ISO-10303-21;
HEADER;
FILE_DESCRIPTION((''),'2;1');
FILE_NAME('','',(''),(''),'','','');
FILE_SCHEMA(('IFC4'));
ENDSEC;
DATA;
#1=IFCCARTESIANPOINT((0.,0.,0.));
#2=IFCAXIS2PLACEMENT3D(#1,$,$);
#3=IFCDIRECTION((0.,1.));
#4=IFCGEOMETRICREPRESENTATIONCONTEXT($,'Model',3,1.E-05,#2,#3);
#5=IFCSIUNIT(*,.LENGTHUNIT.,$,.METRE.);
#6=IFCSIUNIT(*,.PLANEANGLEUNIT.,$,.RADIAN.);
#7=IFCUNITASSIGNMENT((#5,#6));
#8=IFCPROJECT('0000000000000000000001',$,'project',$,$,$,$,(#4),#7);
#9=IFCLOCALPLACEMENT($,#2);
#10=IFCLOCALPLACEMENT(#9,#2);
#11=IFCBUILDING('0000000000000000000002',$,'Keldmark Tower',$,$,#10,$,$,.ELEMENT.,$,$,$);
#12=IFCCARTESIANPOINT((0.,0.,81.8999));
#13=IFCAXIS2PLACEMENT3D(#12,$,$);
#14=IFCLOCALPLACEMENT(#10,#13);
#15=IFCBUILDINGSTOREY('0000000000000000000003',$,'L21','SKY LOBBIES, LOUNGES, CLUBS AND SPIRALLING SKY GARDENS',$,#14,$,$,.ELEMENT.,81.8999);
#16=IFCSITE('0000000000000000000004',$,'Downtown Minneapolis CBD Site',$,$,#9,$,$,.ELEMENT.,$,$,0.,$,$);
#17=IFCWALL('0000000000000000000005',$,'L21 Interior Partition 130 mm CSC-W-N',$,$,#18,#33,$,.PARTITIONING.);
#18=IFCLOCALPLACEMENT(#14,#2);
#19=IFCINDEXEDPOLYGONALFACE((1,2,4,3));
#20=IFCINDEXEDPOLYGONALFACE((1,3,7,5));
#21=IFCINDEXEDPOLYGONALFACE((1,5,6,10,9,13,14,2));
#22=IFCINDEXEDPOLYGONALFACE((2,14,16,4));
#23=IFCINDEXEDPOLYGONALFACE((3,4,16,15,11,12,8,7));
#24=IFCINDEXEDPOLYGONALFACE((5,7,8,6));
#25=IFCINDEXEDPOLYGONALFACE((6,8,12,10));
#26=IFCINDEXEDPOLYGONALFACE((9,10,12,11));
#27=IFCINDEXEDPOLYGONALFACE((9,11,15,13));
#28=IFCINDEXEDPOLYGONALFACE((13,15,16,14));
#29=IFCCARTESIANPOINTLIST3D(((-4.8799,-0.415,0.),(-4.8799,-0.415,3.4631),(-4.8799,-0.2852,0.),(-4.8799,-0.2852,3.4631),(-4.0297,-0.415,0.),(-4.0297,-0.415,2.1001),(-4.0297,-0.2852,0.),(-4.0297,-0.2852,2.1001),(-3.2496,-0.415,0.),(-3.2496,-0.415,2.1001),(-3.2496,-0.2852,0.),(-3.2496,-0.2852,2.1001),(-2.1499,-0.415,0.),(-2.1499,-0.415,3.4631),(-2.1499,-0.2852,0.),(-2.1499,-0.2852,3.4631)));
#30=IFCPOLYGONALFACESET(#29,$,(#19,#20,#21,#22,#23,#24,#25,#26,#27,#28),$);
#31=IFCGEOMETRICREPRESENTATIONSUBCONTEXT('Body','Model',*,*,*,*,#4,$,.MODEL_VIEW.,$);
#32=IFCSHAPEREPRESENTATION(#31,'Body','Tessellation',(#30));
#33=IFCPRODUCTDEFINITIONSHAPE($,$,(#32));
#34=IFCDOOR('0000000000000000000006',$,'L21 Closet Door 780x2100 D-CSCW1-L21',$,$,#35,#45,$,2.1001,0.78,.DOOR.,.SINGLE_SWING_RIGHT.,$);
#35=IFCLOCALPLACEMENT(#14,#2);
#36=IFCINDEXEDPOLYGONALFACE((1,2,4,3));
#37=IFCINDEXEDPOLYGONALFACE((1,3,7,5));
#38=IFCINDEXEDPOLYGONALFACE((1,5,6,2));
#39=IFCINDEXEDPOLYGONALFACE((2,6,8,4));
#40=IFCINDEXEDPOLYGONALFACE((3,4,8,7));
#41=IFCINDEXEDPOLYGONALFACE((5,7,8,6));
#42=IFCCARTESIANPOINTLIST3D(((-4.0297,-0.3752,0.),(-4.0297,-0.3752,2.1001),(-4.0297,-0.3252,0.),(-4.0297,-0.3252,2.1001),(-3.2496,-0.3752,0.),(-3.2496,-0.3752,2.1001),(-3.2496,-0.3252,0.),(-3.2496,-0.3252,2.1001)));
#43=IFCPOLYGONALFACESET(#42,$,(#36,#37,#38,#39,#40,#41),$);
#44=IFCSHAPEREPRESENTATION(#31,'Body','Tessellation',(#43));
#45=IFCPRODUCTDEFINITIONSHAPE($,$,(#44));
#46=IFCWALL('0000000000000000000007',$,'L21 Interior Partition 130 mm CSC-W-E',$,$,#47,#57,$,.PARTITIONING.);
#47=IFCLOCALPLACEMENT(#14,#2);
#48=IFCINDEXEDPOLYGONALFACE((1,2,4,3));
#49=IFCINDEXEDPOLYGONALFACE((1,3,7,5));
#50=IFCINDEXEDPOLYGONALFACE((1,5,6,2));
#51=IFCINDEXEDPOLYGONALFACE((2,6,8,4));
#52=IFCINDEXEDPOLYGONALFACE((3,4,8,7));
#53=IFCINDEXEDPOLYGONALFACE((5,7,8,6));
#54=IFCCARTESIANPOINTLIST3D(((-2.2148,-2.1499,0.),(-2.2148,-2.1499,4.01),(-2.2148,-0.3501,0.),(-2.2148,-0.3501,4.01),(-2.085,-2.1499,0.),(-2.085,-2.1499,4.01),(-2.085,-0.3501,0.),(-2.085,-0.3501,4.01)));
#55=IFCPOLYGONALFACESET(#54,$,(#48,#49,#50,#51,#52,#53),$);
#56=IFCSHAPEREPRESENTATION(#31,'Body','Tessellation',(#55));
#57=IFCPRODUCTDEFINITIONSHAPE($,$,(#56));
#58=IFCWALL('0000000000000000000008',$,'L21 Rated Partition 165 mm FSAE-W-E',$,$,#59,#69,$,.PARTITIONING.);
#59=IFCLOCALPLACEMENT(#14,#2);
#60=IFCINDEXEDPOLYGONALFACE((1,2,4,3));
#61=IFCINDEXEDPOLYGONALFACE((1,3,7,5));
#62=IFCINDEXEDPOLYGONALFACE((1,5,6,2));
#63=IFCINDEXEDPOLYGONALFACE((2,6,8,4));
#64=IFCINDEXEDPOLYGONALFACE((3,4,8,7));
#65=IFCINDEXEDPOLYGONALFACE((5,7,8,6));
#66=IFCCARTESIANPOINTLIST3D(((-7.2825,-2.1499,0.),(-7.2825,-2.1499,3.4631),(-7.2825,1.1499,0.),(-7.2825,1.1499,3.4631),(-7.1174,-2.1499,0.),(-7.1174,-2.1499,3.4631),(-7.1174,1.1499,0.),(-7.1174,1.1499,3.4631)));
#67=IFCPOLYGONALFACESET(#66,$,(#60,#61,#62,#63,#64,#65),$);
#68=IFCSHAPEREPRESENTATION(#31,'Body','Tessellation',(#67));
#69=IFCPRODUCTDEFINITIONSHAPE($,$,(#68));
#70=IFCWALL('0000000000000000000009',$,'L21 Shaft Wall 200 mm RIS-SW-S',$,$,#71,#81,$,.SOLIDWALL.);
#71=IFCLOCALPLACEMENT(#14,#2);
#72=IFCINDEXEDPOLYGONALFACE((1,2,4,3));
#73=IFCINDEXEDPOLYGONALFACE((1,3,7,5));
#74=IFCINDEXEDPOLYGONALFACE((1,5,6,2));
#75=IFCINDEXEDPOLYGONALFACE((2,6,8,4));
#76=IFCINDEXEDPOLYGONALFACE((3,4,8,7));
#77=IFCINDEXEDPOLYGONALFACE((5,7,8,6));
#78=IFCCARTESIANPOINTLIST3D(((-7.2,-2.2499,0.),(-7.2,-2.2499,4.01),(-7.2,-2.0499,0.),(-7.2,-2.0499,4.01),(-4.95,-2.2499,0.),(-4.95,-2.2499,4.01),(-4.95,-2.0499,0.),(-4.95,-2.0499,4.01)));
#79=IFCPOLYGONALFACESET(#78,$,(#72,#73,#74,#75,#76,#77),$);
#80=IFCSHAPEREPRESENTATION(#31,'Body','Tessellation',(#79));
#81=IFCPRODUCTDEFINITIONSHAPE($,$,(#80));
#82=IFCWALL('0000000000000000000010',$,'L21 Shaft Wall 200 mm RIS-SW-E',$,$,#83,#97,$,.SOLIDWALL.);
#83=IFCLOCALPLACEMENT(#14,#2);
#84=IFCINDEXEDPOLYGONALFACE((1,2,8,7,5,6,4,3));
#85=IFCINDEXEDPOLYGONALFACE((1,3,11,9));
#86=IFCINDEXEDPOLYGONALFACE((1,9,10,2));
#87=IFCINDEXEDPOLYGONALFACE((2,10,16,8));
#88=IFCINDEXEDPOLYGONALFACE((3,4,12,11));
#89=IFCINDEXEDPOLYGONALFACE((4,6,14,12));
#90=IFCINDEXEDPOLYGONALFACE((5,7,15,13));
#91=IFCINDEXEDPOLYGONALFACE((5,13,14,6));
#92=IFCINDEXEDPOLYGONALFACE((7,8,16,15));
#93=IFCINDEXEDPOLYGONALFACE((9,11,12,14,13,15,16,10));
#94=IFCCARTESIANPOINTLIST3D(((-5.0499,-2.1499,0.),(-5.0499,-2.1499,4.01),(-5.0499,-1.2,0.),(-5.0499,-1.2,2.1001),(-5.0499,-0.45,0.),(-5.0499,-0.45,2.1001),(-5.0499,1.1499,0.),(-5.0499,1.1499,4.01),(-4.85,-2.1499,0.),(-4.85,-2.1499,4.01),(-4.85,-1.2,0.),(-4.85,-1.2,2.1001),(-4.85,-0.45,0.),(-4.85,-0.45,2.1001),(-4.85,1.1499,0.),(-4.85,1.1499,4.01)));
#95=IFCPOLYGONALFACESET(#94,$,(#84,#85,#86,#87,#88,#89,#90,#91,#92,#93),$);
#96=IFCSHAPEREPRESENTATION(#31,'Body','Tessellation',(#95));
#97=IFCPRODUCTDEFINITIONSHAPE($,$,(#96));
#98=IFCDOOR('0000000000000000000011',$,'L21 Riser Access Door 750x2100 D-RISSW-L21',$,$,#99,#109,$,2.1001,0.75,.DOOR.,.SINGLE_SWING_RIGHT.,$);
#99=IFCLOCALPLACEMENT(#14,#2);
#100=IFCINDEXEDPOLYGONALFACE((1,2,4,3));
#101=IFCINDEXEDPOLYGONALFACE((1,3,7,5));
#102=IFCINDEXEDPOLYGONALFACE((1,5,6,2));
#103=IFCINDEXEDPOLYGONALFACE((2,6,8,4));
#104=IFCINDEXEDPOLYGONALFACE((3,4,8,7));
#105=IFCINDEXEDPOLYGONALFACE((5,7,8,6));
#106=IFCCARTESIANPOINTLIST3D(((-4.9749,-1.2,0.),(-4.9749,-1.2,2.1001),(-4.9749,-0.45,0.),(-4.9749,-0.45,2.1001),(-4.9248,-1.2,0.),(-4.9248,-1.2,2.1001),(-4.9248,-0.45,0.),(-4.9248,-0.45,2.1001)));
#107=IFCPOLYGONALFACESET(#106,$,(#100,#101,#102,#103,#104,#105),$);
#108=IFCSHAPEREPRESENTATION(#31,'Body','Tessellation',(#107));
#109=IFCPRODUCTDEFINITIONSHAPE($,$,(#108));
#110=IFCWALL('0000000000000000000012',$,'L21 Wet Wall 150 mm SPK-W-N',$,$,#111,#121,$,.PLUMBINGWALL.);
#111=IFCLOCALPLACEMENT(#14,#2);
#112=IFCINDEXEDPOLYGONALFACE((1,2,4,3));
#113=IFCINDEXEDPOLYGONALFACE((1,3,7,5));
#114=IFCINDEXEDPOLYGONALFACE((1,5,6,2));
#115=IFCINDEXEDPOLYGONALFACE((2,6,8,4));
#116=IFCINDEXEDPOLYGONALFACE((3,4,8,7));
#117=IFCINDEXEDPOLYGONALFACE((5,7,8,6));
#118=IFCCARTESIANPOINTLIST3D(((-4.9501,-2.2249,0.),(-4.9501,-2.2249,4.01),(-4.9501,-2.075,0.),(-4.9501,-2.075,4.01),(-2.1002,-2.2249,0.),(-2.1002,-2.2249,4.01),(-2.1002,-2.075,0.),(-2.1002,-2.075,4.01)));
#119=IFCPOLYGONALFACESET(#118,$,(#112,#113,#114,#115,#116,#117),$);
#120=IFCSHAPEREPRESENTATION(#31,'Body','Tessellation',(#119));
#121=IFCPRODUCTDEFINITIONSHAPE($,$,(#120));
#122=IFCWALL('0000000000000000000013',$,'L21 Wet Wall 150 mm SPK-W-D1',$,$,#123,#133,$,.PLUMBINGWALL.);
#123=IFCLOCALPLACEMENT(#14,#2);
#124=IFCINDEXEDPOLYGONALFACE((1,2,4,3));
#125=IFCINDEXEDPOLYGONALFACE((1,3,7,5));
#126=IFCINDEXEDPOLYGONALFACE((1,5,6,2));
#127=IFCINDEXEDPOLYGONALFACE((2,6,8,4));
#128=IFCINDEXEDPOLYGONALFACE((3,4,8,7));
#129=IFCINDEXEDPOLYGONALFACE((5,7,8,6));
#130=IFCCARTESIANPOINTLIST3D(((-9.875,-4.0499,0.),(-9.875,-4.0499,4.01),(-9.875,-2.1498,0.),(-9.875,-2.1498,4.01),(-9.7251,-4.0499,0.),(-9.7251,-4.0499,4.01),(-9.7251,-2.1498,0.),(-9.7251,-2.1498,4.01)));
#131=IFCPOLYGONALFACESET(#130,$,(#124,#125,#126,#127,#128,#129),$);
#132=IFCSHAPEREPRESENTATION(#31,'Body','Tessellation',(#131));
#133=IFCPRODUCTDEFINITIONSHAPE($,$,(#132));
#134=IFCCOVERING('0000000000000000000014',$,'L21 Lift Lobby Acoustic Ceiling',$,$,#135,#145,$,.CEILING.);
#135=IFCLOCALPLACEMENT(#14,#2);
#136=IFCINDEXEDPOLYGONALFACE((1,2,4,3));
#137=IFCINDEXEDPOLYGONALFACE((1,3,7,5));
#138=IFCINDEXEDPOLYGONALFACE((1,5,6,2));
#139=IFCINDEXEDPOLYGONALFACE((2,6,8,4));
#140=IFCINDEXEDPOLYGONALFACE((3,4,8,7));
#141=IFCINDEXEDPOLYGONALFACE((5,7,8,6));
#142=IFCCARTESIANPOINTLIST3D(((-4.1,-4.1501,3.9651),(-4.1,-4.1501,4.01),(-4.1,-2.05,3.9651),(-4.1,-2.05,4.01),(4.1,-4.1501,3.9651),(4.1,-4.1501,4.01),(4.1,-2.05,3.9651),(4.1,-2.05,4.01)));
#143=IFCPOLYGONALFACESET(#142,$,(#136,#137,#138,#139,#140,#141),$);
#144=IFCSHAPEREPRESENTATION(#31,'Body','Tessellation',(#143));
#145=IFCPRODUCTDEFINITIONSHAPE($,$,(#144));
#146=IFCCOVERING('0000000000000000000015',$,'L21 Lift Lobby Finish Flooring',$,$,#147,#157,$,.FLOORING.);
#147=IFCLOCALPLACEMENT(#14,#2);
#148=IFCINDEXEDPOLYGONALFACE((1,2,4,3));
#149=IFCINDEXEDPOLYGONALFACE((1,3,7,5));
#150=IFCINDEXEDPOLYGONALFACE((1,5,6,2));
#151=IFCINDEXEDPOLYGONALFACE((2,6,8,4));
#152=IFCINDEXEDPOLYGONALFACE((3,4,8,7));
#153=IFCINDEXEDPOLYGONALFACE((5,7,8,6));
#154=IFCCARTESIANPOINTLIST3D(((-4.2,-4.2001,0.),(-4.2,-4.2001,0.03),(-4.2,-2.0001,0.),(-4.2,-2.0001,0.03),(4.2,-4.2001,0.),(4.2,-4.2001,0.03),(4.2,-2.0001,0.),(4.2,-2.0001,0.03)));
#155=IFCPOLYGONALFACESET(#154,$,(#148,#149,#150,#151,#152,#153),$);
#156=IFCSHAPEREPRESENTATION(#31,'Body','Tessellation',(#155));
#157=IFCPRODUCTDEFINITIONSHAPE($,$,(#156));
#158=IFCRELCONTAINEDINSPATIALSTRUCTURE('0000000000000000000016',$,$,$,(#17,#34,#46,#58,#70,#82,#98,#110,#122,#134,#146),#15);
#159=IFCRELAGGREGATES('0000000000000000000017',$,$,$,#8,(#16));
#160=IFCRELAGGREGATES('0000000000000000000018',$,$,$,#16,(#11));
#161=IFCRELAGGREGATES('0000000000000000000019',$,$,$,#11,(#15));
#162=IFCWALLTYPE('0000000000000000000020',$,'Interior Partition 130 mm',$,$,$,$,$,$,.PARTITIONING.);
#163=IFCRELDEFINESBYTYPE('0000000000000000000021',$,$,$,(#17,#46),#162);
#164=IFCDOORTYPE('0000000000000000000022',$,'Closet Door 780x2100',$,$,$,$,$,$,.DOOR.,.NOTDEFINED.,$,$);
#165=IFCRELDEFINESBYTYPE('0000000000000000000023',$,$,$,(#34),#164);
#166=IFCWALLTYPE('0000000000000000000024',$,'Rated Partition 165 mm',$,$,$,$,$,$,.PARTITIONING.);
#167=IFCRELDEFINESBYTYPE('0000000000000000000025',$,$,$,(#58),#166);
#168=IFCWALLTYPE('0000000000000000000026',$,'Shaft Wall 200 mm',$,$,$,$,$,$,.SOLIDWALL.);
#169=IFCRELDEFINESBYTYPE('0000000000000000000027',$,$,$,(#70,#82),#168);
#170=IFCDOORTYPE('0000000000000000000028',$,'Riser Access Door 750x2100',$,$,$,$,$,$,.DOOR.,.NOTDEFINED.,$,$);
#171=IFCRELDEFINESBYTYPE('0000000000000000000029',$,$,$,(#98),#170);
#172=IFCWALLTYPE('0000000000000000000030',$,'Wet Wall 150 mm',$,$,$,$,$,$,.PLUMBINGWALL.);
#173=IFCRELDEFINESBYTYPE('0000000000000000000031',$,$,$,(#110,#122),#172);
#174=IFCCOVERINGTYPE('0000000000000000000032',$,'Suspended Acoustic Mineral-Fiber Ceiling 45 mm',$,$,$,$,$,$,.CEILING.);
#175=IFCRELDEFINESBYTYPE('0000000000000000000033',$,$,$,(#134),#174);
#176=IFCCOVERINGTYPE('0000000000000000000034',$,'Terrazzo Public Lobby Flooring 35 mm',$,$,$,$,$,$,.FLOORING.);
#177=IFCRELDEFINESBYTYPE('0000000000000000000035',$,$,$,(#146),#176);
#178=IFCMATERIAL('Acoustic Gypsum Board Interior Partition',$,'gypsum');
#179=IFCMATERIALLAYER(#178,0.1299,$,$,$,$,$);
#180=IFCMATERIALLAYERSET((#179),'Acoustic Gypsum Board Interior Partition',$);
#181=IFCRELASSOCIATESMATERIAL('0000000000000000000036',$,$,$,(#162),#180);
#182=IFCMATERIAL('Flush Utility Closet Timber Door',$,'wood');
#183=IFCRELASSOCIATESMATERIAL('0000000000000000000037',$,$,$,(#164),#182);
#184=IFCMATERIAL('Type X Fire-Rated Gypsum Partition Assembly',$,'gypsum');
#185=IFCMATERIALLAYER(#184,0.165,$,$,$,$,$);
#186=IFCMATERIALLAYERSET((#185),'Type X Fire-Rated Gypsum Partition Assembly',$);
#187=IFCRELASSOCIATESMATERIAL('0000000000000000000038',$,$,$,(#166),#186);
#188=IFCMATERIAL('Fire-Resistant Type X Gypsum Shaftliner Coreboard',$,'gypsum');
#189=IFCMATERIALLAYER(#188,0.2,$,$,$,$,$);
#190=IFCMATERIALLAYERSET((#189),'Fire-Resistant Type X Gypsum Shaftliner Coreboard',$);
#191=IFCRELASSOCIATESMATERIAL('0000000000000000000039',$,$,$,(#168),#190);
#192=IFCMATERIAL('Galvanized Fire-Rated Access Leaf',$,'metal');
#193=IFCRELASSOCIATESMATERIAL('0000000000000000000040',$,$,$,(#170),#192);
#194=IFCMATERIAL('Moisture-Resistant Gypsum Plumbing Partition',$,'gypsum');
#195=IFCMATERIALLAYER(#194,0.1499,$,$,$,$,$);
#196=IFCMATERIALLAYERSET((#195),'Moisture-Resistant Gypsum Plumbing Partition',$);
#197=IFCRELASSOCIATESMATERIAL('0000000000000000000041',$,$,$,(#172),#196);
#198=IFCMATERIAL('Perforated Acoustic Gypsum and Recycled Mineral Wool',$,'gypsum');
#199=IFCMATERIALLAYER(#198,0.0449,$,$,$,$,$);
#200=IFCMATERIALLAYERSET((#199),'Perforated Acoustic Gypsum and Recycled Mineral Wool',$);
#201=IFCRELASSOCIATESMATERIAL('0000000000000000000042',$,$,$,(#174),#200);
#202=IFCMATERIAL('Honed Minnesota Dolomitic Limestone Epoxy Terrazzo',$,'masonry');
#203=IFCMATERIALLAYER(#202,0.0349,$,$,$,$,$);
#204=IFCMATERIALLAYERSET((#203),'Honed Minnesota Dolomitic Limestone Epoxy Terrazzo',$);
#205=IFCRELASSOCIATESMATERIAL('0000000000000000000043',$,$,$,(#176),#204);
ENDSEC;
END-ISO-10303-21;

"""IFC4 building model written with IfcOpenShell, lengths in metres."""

from ifc_helpers import new_model, si_unit, direction, frame, frame_2d, origin, origin_2d, place, context, subcontext, project, spatial, rectangle, extrude, material, layer, layer_set, type_object, element, fill, save


model = new_model("IFC4")

# Units and contexts
model_context = context("Model", 3, precision=1e-05, world=origin(), true_north=direction((0.0, 1.0)))
body_context = subcontext(model_context, "Body", "Model", "MODEL_VIEW")
ifc_project = project(units=[si_unit("LENGTHUNIT", "METRE"), si_unit("PLANEANGLEUNIT", "RADIAN")], contexts=[model_context])

# Site, building, storey
site_placement = place(None, origin())
site = spatial("IfcSite", under=ifc_project, at=site_placement, Name="Downtown Minneapolis CBD Site", CompositionType="ELEMENT", RefElevation=0.0)
building_placement = place(site_placement, origin())
building = spatial("IfcBuilding", under=site, at=building_placement, Name="Keldmark Tower", CompositionType="ELEMENT")
storey_placement = place(building_placement, frame((0.0, 0.0, 81.8999)))
storey = spatial("IfcBuildingStorey", under=building, at=storey_placement, Name="L21", Description="SKY LOBBIES, LOUNGES, CLUBS AND SPIRALLING SKY GARDENS", CompositionType="ELEMENT", Elevation=81.8999)

# Wall, opening, door
ifc_material_1 = material(Name="Acoustic Gypsum Board Interior Partition", Category="gypsum")
ifc_layer_1 = layer(ifc_material_1, 0.1299)
ifc_layer_set_1 = layer_set([ifc_layer_1], Name="Acoustic Gypsum Board Interior Partition")
wall_type_1 = type_object("IfcWallType", Name="Interior Partition 130 mm", PredefinedType="PARTITIONING", material=ifc_layer_set_1)
wall_1_placement = place(storey_placement, frame((-4.8799, -0.3501, 0.0), z_axis=(0.0, 0.0, 1.0), x_axis=(1.0, 0.0, 0.0)))
wall_1 = element("IfcWall", 1, at=wall_1_placement, inside=storey, type_object=wall_type_1, Name="L21 Interior Partition 130 mm CSC-W-N", PredefinedType="PARTITIONING", context=body_context, shape_type="SweptSolid", body=[
    extrude(rectangle(XDim=2.73, YDim=0.1299, at=frame_2d((1.365, 0.0))), origin(), (0.0, 0.0, 1.0), 3.4631),
])
opening_1_placement = place(wall_1_placement, frame((0.8501, 0.0, 0.0)))
opening_1 = element("IfcOpeningElement", 2, at=opening_1_placement, cuts=wall_1, PredefinedType="OPENING", context=body_context, shape_type="SweptSolid", body=[
    extrude(rectangle(XDim=0.78, YDim=2.1001, at=frame_2d((0.3901, 1.05))), frame((0.0, 0.075, 0.0), z_axis=(0.0, -1.0, 0.0), x_axis=(1.0, 0.0, 0.0)), (0.0, 0.0, 1.0), 0.1499),
])
ifc_material_2 = material(Name="Flush Utility Closet Timber Door", Category="wood")
door_type_1 = type_object("IfcDoorType", Name="Closet Door 780x2100", OperationType="NOTDEFINED", PredefinedType="DOOR", material=ifc_material_2)
door_1_placement = place(opening_1_placement, origin())
door_1 = element("IfcDoor", 3, at=door_1_placement, inside=storey, type_object=door_type_1, Name="L21 Closet Door 780x2100 D-CSCW1-L21", OperationType="SINGLE_SWING_RIGHT", OverallHeight=2.1001, OverallWidth=0.78, PredefinedType="DOOR", context=body_context, shape_type="SweptSolid", body=[
    extrude(rectangle(XDim=0.78, YDim=2.1001, at=frame_2d((0.3901, 1.05))), frame((0.0, 0.0249, 0.0), z_axis=(0.0, -1.0, 0.0), x_axis=(1.0, 0.0, 0.0)), (0.0, 0.0, 1.0), 0.05),
])
fill(opening_1, door_1)

# Walls
wall_2_placement = place(storey_placement, frame((-2.1499, -2.1499, 0.0), z_axis=(0.0, 0.0, 1.0), x_axis=(0.0, 1.0, 0.0)))
element("IfcWall", 4, at=wall_2_placement, inside=storey, type_object=wall_type_1, Name="L21 Interior Partition 130 mm CSC-W-E", PredefinedType="PARTITIONING", context=body_context, shape_type="SweptSolid", body=[
    extrude(rectangle(XDim=1.7998, YDim=0.1299, at=frame_2d((0.8999, 0.0))), origin(), (0.0, 0.0, 1.0), 4.01),
])
ifc_material_3 = material(Name="Type X Fire-Rated Gypsum Partition Assembly", Category="gypsum")
ifc_layer_2 = layer(ifc_material_3, 0.165)
ifc_layer_set_2 = layer_set([ifc_layer_2], Name="Type X Fire-Rated Gypsum Partition Assembly")
wall_type_2 = type_object("IfcWallType", Name="Rated Partition 165 mm", PredefinedType="PARTITIONING", material=ifc_layer_set_2)
wall_3_placement = place(storey_placement, frame((-7.2, -2.1499, 0.0), z_axis=(0.0, 0.0, 1.0), x_axis=(0.0, 1.0, 0.0)))
element("IfcWall", 5, at=wall_3_placement, inside=storey, type_object=wall_type_2, Name="L21 Rated Partition 165 mm FSAE-W-E", PredefinedType="PARTITIONING", context=body_context, shape_type="SweptSolid", body=[
    extrude(rectangle(XDim=3.2998, YDim=0.165, at=frame_2d((1.6499, 0.0))), origin(), (0.0, 0.0, 1.0), 3.4631),
])
ifc_material_4 = material(Name="Fire-Resistant Type X Gypsum Shaftliner Coreboard", Category="gypsum")
ifc_layer_3 = layer(ifc_material_4, 0.2)
ifc_layer_set_3 = layer_set([ifc_layer_3], Name="Fire-Resistant Type X Gypsum Shaftliner Coreboard")
wall_type_3 = type_object("IfcWallType", Name="Shaft Wall 200 mm", PredefinedType="SOLIDWALL", material=ifc_layer_set_3)
wall_4_placement = place(storey_placement, frame((-7.2, -2.1499, 0.0), z_axis=(0.0, 0.0, 1.0), x_axis=(1.0, 0.0, 0.0)))
element("IfcWall", 6, at=wall_4_placement, inside=storey, type_object=wall_type_3, Name="L21 Shaft Wall 200 mm RIS-SW-S", PredefinedType="SOLIDWALL", context=body_context, shape_type="SweptSolid", body=[
    extrude(rectangle(XDim=2.25, YDim=0.2, at=frame_2d((1.125, 0.0))), origin(), (0.0, 0.0, 1.0), 4.01),
])

# Wall, opening, door
wall_5_placement = place(storey_placement, frame((-4.95, -2.1499, 0.0), z_axis=(0.0, 0.0, 1.0), x_axis=(0.0, 1.0, 0.0)))
wall_5 = element("IfcWall", 7, at=wall_5_placement, inside=storey, type_object=wall_type_3, Name="L21 Shaft Wall 200 mm RIS-SW-E", PredefinedType="SOLIDWALL", context=body_context, shape_type="SweptSolid", body=[
    extrude(rectangle(XDim=3.2998, YDim=0.2, at=frame_2d((1.6499, 0.0))), origin(), (0.0, 0.0, 1.0), 4.01),
])
opening_2_placement = place(wall_5_placement, frame((0.95, 0.0, 0.0)))
opening_2 = element("IfcOpeningElement", 8, at=opening_2_placement, cuts=wall_5, PredefinedType="OPENING", context=body_context, shape_type="SweptSolid", body=[
    extrude(rectangle(XDim=0.75, YDim=2.1001, at=frame_2d((0.375, 1.05))), frame((0.0, 0.1099, 0.0), z_axis=(0.0, -1.0, 0.0), x_axis=(1.0, 0.0, 0.0)), (0.0, 0.0, 1.0), 0.22),
])
ifc_material_5 = material(Name="Galvanized Fire-Rated Access Leaf", Category="metal")
door_type_2 = type_object("IfcDoorType", Name="Riser Access Door 750x2100", OperationType="NOTDEFINED", PredefinedType="DOOR", material=ifc_material_5)
door_2_placement = place(opening_2_placement, origin())
door_2 = element("IfcDoor", 9, at=door_2_placement, inside=storey, type_object=door_type_2, Name="L21 Riser Access Door 750x2100 D-RISSW-L21", OperationType="SINGLE_SWING_RIGHT", OverallHeight=2.1001, OverallWidth=0.75, PredefinedType="DOOR", context=body_context, shape_type="SweptSolid", body=[
    extrude(rectangle(XDim=0.75, YDim=2.1001, at=frame_2d((0.375, 1.05))), frame((0.0, 0.0249, 0.0), z_axis=(0.0, -1.0, 0.0), x_axis=(1.0, 0.0, 0.0)), (0.0, 0.0, 1.0), 0.05),
])
fill(opening_2, door_2)

# Walls
ifc_material_6 = material(Name="Moisture-Resistant Gypsum Plumbing Partition", Category="gypsum")
ifc_layer_4 = layer(ifc_material_6, 0.1499)
ifc_layer_set_4 = layer_set([ifc_layer_4], Name="Moisture-Resistant Gypsum Plumbing Partition")
wall_type_4 = type_object("IfcWallType", Name="Wet Wall 150 mm", PredefinedType="PLUMBINGWALL", material=ifc_layer_set_4)
wall_6_placement = place(storey_placement, frame((-4.95, -2.1499, 0.0), z_axis=(0.0, 0.0, 1.0), x_axis=(1.0, 0.0, 0.0)))
element("IfcWall", 10, at=wall_6_placement, inside=storey, type_object=wall_type_4, Name="L21 Wet Wall 150 mm SPK-W-N", PredefinedType="PLUMBINGWALL", context=body_context, shape_type="SweptSolid", body=[
    extrude(rectangle(XDim=2.8499, YDim=0.1499, at=frame_2d((1.4248, 0.0))), origin(), (0.0, 0.0, 1.0), 4.01),
])
wall_7_placement = place(storey_placement, frame((-9.8, -4.05, 0.0), z_axis=(0.0, 0.0, 1.0), x_axis=(0.0, 1.0, 0.0)))
element("IfcWall", 11, at=wall_7_placement, inside=storey, type_object=wall_type_4, Name="L21 Wet Wall 150 mm SPK-W-D1", PredefinedType="PLUMBINGWALL", context=body_context, shape_type="SweptSolid", body=[
    extrude(rectangle(XDim=1.9001, YDim=0.1499, at=frame_2d((0.9502, 0.0))), origin(), (0.0, 0.0, 1.0), 4.01),
])

# Coverings
ifc_material_7 = material(Name="Perforated Acoustic Gypsum and Recycled Mineral Wool", Category="gypsum")
ifc_layer_5 = layer(ifc_material_7, 0.0449)
ifc_layer_set_5 = layer_set([ifc_layer_5], Name="Perforated Acoustic Gypsum and Recycled Mineral Wool")
covering_type_1 = type_object("IfcCoveringType", Name="Suspended Acoustic Mineral-Fiber Ceiling 45 mm", PredefinedType="CEILING", material=ifc_layer_set_5)
covering_1_placement = place(storey_placement, frame((0.0, -3.1001, 3.9651), z_axis=(0.0, 0.0, 1.0), x_axis=(1.0, 0.0, 0.0)))
element("IfcCovering", 12, at=covering_1_placement, inside=storey, type_object=covering_type_1, Name="L21 Lift Lobby Acoustic Ceiling", PredefinedType="CEILING", context=body_context, shape_type="SweptSolid", body=[
    extrude(rectangle(XDim=8.2, YDim=2.1001, at=origin_2d()), origin(), (0.0, 0.0, 1.0), 0.0449),
])
ifc_material_8 = material(Name="Honed Minnesota Dolomitic Limestone Epoxy Terrazzo", Category="masonry")
ifc_layer_6 = layer(ifc_material_8, 0.0349)
ifc_layer_set_6 = layer_set([ifc_layer_6], Name="Honed Minnesota Dolomitic Limestone Epoxy Terrazzo")
covering_type_2 = type_object("IfcCoveringType", Name="Terrazzo Public Lobby Flooring 35 mm", PredefinedType="FLOORING", material=ifc_layer_set_6)
covering_2_placement = place(storey_placement, frame((0.0, -3.1001, 0.0), z_axis=(0.0, 0.0, 1.0), x_axis=(1.0, 0.0, 0.0)))
element("IfcCovering", 13, at=covering_2_placement, inside=storey, type_object=covering_type_2, Name="L21 Lift Lobby Finish Flooring", PredefinedType="FLOORING", context=body_context, shape_type="SweptSolid", body=[
    extrude(rectangle(XDim=8.3999, YDim=2.2, at=origin_2d()), origin(), (0.0, 0.0, 1.0), 0.03),
])

save(model, "model.ifc")
